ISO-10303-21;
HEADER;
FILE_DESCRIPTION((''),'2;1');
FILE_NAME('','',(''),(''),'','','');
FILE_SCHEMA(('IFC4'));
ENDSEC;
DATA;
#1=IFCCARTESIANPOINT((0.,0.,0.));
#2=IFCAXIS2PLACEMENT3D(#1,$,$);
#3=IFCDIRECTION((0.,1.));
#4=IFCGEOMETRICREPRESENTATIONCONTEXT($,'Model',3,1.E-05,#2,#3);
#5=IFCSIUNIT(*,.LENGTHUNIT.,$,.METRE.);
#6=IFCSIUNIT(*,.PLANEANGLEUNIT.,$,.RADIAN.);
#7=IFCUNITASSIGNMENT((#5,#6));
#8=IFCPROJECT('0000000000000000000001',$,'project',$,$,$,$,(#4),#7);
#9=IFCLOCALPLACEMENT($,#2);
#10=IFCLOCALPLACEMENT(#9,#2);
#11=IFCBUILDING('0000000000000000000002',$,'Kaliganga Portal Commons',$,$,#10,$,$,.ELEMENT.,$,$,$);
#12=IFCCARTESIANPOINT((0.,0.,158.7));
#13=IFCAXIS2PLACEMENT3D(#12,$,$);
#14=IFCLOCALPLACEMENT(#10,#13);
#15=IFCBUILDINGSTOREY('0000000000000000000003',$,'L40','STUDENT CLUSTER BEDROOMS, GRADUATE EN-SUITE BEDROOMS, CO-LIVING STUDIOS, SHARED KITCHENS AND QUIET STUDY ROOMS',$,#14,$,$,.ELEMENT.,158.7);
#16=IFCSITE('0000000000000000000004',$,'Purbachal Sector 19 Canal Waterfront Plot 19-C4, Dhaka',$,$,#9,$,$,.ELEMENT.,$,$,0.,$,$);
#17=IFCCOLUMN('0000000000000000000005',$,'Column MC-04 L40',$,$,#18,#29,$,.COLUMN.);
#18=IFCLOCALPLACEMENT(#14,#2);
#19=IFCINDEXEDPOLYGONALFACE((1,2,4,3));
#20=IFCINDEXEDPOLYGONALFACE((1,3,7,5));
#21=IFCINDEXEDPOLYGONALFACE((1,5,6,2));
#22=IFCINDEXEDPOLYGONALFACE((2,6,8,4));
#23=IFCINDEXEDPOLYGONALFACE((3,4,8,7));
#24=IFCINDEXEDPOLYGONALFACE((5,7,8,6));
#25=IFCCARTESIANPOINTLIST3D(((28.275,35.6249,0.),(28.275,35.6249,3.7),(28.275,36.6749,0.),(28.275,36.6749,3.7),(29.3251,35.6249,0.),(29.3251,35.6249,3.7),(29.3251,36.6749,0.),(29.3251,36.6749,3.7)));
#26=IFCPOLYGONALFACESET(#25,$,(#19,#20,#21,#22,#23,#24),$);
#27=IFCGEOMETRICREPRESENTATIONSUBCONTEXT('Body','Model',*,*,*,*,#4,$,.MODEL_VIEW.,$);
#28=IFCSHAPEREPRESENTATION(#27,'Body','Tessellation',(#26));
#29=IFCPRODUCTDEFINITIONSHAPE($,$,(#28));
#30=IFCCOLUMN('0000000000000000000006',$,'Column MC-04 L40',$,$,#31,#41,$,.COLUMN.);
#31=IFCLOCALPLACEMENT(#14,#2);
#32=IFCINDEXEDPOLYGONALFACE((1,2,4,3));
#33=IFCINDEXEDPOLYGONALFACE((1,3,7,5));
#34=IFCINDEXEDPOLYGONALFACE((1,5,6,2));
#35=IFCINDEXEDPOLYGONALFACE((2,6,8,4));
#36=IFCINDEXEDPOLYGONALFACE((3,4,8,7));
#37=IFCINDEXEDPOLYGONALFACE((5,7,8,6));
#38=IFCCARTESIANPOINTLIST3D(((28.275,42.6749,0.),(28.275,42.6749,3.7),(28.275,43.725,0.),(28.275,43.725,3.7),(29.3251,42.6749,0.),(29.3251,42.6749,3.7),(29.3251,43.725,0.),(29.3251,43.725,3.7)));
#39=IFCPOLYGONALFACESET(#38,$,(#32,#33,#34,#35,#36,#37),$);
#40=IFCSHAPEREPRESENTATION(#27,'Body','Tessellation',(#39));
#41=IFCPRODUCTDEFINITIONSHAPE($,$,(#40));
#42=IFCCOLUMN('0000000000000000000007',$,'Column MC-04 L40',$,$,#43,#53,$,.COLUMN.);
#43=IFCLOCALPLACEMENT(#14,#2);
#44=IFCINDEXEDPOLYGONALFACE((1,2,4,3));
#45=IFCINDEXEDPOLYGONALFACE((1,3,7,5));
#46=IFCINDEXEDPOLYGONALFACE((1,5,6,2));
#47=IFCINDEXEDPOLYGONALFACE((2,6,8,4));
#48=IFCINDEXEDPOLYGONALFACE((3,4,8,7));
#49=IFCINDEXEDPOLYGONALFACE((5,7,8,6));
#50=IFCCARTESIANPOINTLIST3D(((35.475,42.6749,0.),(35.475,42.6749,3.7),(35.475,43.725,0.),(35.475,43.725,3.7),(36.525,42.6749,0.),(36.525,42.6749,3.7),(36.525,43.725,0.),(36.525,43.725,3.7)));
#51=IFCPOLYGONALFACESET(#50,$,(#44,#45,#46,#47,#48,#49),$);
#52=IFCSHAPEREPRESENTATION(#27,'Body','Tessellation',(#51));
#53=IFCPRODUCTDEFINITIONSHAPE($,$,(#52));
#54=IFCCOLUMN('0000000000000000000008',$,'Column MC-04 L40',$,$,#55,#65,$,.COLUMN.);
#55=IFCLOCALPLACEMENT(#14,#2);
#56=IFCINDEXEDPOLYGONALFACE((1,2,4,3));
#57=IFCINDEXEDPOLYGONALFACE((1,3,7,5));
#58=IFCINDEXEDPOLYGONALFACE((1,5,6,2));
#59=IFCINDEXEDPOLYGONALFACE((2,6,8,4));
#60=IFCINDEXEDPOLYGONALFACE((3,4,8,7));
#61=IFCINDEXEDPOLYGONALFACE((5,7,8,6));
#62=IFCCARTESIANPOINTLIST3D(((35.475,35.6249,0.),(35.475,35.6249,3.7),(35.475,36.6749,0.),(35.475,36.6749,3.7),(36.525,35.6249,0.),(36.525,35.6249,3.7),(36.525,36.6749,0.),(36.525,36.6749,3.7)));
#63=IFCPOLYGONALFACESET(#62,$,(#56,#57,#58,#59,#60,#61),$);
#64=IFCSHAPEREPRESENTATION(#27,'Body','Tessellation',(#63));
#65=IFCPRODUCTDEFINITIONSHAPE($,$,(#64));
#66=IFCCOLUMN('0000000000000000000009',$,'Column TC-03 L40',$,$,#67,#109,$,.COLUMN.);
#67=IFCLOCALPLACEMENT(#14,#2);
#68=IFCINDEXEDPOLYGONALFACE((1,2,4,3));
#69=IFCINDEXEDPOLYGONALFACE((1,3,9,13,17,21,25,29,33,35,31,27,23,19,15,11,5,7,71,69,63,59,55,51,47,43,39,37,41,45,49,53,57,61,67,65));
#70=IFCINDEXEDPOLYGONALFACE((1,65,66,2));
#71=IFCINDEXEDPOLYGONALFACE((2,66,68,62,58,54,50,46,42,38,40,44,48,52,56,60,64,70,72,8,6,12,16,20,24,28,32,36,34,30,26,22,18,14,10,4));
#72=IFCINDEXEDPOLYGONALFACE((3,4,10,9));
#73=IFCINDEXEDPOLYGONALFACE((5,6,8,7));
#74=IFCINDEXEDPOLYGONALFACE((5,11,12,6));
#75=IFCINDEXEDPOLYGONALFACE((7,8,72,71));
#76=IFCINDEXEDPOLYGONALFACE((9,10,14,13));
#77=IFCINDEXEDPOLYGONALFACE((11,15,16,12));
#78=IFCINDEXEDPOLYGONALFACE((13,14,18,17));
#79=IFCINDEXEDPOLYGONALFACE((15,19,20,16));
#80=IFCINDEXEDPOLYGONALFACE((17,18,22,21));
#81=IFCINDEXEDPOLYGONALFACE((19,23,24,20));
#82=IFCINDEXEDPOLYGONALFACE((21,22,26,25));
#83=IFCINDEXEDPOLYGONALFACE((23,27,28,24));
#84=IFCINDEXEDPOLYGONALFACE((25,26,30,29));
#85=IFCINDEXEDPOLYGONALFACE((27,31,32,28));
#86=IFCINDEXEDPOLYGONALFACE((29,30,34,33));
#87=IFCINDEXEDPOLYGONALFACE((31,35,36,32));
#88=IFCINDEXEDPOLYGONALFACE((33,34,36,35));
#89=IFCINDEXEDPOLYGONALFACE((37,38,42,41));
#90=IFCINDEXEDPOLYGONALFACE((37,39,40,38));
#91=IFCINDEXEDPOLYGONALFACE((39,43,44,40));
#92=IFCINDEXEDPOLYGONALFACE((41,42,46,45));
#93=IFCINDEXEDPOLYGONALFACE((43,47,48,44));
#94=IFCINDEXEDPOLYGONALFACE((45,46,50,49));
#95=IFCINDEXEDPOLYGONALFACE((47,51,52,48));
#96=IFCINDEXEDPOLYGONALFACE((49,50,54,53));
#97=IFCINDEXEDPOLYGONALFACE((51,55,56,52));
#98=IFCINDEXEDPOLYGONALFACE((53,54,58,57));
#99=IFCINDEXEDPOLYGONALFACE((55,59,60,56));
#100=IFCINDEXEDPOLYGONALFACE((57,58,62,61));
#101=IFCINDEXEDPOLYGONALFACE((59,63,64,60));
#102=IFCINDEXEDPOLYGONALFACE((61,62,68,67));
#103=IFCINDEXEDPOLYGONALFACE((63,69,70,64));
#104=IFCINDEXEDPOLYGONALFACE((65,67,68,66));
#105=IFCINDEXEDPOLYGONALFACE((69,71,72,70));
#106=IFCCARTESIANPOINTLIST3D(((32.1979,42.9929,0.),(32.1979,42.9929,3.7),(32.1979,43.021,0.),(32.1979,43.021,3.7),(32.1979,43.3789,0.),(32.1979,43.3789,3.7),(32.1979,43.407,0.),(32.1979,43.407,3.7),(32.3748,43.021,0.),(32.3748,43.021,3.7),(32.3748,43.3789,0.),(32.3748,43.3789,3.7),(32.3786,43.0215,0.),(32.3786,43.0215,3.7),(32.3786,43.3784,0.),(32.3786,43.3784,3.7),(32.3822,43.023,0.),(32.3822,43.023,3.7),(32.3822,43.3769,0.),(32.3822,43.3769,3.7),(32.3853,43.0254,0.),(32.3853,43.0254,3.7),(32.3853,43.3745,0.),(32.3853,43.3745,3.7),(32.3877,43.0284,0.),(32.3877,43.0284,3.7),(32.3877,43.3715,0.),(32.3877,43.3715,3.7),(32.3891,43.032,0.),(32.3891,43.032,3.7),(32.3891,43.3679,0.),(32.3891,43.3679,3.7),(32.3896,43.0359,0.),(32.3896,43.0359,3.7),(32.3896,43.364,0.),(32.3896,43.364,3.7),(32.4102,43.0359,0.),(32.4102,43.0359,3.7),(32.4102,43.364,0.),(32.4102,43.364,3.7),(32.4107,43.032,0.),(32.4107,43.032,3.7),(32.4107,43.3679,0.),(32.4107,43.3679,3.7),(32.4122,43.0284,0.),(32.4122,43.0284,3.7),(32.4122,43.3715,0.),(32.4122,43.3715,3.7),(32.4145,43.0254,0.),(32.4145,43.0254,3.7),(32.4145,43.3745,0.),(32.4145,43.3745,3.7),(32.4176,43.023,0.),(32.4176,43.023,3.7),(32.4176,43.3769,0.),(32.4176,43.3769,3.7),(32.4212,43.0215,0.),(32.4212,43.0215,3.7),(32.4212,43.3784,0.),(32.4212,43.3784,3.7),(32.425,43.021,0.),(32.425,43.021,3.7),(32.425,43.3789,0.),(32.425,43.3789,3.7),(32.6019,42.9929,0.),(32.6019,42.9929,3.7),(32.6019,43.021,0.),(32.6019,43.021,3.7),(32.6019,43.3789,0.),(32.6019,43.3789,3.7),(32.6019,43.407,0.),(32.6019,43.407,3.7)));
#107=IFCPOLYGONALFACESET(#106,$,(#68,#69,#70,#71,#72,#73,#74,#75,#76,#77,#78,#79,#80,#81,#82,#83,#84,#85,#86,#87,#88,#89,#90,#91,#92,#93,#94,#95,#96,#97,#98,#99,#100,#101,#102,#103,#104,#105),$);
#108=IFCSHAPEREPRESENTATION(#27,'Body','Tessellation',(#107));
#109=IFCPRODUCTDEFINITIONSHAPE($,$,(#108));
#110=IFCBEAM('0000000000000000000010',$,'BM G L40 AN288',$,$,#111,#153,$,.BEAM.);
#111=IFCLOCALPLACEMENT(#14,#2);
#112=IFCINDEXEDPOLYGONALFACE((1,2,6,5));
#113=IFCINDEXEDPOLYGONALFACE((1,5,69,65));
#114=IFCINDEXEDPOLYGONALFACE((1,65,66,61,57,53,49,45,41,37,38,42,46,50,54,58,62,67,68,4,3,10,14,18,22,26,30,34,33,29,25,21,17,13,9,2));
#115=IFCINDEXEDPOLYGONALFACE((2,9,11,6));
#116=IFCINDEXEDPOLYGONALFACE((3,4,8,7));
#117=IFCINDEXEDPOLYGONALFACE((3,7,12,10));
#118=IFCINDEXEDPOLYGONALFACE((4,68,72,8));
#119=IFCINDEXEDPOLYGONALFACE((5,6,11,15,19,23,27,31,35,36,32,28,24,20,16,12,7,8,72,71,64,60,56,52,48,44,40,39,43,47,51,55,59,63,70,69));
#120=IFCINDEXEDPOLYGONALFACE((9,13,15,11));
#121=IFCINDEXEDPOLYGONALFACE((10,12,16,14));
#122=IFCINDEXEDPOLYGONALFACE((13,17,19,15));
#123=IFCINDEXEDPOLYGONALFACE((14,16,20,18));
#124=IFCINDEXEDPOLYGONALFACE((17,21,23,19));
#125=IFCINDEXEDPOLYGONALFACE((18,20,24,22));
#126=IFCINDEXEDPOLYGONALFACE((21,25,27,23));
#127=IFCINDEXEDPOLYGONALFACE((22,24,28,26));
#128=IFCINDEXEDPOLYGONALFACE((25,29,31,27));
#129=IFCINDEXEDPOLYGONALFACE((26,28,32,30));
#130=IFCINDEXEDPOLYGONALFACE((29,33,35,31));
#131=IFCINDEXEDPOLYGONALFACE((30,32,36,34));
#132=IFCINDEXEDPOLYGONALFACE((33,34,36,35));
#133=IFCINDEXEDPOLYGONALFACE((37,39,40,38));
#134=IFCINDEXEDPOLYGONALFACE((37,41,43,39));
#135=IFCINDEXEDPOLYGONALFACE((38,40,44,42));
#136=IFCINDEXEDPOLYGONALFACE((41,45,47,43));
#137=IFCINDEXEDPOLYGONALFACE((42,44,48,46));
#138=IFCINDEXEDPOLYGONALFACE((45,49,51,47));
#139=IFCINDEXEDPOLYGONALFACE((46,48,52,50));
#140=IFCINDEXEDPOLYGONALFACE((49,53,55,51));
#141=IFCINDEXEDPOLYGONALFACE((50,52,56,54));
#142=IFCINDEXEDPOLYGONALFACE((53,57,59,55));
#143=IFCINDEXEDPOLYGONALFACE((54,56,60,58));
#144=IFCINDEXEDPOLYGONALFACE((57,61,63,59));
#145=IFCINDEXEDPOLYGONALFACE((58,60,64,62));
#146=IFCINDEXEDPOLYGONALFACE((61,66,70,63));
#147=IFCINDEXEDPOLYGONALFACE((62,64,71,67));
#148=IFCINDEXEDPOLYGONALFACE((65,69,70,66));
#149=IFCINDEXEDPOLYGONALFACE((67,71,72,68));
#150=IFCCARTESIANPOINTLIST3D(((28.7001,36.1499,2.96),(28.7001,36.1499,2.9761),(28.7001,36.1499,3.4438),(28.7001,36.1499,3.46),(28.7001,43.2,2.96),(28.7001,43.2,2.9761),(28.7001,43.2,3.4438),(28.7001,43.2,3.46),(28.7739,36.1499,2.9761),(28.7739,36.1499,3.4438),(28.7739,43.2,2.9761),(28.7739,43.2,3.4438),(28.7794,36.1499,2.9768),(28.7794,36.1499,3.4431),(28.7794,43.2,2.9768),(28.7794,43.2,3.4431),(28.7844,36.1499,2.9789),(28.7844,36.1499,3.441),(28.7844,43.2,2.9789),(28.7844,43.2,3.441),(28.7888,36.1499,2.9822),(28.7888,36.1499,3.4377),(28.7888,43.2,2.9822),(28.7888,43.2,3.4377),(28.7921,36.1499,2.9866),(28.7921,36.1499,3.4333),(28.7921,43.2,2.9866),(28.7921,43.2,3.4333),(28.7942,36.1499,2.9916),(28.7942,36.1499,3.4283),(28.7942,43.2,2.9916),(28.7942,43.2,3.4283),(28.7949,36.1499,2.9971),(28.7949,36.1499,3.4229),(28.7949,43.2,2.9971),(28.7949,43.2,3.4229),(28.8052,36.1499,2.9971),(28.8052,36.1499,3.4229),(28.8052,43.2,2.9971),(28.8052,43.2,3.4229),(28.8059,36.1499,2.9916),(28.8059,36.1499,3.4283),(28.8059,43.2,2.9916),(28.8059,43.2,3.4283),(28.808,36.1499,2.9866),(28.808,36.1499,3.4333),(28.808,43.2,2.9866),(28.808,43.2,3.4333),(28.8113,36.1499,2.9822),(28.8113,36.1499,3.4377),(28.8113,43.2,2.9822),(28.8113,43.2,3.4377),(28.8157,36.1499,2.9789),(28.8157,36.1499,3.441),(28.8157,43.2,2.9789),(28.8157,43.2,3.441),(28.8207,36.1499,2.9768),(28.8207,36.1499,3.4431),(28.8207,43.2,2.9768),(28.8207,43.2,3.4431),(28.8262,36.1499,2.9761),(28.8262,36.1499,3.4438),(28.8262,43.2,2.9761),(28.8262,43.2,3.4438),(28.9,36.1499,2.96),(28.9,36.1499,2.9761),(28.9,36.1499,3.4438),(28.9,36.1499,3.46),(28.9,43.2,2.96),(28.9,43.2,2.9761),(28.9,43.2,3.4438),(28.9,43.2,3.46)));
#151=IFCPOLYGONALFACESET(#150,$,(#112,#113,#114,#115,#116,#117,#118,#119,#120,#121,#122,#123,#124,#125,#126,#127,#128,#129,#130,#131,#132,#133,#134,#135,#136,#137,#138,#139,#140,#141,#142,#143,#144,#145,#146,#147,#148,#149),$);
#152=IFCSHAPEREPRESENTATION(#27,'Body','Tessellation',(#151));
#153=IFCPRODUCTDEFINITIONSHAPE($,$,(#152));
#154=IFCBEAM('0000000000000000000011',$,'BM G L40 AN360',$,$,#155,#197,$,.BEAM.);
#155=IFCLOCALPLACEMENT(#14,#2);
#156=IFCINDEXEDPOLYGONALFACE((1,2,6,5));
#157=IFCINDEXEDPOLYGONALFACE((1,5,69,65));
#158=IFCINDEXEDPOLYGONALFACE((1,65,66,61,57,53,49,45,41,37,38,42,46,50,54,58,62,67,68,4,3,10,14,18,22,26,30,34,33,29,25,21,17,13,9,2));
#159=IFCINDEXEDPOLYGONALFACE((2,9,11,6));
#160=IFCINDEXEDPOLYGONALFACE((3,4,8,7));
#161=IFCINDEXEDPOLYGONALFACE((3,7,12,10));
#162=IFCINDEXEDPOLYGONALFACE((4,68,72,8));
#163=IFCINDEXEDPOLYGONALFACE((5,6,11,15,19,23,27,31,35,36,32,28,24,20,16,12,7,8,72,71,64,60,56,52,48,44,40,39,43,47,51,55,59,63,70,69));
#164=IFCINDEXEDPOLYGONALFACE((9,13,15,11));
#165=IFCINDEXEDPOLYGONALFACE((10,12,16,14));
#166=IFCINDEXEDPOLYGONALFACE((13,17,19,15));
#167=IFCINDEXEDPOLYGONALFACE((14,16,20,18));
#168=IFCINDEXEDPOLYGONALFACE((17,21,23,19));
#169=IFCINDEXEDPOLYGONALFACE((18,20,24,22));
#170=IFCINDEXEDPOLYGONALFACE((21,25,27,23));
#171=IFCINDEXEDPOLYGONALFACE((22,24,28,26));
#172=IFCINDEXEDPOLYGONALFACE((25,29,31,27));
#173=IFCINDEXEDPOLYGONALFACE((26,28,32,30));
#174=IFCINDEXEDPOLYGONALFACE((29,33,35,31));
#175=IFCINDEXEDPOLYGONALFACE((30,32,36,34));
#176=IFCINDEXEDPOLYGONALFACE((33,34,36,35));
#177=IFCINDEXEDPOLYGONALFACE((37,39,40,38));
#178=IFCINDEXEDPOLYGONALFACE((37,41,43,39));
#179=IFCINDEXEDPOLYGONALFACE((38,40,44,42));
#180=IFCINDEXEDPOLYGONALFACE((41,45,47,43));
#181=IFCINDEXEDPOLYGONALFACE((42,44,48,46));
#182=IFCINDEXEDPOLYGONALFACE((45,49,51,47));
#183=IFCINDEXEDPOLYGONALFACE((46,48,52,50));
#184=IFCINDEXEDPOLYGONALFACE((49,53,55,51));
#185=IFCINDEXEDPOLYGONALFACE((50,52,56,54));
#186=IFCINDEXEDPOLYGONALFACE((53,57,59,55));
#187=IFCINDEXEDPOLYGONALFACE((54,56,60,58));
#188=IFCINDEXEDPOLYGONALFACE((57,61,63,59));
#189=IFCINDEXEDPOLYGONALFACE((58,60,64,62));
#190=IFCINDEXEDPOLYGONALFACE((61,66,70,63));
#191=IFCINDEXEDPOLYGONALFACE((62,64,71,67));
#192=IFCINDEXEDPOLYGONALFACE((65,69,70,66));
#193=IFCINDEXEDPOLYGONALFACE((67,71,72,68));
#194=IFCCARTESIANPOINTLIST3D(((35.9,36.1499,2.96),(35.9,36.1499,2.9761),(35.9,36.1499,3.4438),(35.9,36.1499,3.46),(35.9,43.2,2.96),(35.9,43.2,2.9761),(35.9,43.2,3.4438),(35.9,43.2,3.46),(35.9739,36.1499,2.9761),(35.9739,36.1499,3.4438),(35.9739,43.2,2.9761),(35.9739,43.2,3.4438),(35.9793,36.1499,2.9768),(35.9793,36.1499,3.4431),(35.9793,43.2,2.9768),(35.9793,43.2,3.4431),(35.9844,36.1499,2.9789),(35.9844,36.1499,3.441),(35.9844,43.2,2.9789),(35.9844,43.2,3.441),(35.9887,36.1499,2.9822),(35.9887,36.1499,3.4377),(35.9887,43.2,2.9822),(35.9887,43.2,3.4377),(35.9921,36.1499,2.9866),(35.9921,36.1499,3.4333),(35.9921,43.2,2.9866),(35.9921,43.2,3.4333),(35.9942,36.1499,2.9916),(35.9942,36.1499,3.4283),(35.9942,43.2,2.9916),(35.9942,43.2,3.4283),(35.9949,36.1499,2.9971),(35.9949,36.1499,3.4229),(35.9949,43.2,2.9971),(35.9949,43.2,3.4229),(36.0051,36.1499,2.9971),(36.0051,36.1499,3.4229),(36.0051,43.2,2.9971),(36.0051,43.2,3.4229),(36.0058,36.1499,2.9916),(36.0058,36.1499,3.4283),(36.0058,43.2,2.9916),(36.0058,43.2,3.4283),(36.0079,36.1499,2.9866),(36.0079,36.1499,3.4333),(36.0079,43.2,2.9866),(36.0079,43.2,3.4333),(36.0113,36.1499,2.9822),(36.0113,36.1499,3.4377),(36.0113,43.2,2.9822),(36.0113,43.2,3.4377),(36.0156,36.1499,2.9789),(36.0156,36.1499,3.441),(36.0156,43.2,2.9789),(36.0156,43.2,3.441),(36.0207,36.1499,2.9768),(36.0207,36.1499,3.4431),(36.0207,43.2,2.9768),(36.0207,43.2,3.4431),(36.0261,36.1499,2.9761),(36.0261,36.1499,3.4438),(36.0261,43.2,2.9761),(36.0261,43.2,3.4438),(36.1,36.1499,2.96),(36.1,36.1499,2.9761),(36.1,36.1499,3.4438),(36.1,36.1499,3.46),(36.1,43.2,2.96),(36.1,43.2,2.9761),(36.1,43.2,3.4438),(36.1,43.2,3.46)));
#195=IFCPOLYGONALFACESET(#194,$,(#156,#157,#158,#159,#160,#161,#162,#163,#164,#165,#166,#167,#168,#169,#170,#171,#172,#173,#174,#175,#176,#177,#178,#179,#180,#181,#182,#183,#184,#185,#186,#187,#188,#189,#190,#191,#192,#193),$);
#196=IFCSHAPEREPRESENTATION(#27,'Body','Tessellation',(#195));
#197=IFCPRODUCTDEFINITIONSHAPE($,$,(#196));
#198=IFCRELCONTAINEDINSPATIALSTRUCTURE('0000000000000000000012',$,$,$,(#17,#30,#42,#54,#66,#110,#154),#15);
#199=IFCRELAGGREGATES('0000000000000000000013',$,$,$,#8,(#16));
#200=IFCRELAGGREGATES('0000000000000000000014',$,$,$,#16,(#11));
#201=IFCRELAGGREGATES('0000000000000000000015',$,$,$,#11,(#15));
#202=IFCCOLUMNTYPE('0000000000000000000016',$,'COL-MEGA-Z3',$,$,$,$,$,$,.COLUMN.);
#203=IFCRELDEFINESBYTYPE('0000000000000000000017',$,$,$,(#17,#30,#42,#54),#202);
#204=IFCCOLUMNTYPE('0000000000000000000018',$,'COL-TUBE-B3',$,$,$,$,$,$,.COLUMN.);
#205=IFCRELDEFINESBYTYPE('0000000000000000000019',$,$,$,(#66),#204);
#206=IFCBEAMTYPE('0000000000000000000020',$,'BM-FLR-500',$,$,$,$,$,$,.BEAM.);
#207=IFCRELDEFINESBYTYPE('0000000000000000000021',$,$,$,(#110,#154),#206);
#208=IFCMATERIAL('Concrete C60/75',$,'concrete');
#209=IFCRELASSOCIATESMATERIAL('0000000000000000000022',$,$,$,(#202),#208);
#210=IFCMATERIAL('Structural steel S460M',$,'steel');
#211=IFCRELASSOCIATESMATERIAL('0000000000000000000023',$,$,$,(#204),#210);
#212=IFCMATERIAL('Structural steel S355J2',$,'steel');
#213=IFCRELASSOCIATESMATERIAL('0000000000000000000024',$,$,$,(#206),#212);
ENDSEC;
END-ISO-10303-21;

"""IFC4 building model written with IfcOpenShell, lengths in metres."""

from ifc_helpers import new_model, si_unit, direction, frame, origin, origin_2d, place, context, subcontext, project, spatial, rectangle, i_section, extrude, source, transform, mapped, material, material_profile, profile_set, type_object, element, save


model = new_model("IFC4")

# Units and contexts
model_context = context("Model", 3, precision=1e-05, world=origin(), true_north=direction((0.0, 1.0)))
body_context = subcontext(model_context, "Body", "Model", "MODEL_VIEW")
ifc_project = project(units=[si_unit("LENGTHUNIT", "METRE"), si_unit("PLANEANGLEUNIT", "RADIAN")], contexts=[model_context])

# Site, building, storey
site_placement = place(None, origin())
site = spatial("IfcSite", under=ifc_project, at=site_placement, Name="Purbachal Sector 19 Canal Waterfront Plot 19-C4, Dhaka", CompositionType="ELEMENT", RefElevation=0.0)
building_placement = place(site_placement, origin())
building = spatial("IfcBuilding", under=site, at=building_placement, Name="Kaliganga Portal Commons", CompositionType="ELEMENT")
storey_placement = place(building_placement, frame((0.0, 0.0, 158.7)))
storey = spatial("IfcBuildingStorey", under=building, at=storey_placement, Name="L40", Description="STUDENT CLUSTER BEDROOMS, GRADUATE EN-SUITE BEDROOMS, CO-LIVING STUDIOS, SHARED KITCHENS AND QUIET STUDY ROOMS", CompositionType="ELEMENT", Elevation=158.7)

# Columns
ifc_material_1 = material(Name="Concrete C60/75", Category="concrete")
ifc_material_profile_1 = material_profile(ifc_material_1, rectangle(XDim=1.05, YDim=1.05, at=origin_2d()), Name="RC 1050x1050")
ifc_profile_set_1 = profile_set([ifc_material_profile_1], Name="Concrete C60/75")
column_type_1 = type_object("IfcColumnType", Name="COL-MEGA-Z3", PredefinedType="COLUMN", material=ifc_profile_set_1)
shared_shape_1 = source(origin(), body_context, "Body", "SweptSolid", [
    extrude(rectangle(XDim=1.05, YDim=1.05, at=origin_2d()), origin(), (0.0, 0.0, 1.0), 3.7),
])
for number, where, z_axis, x_axis, name in (
    (1, (28.8, 36.1499, 0.0), (0.0, 0.0, 1.0), (1.0, 0.0, 0.0), "Column MC-04 L40"),
    (2, (28.8, 43.2, 0.0), (0.0, 0.0, 1.0), (1.0, 0.0, 0.0), "Column MC-04 L40"),
    (3, (36.0, 43.2, 0.0), (0.0, 0.0, 1.0), (1.0, 0.0, 0.0), "Column MC-04 L40"),
    (4, (36.0, 36.1499, 0.0), (0.0, 0.0, 1.0), (1.0, 0.0, 0.0), "Column MC-04 L40"),
):
    element("IfcColumn", number, at=place(storey_placement, frame(where, z_axis=z_axis, x_axis=x_axis)), inside=storey, type_object=column_type_1, Name=name, PredefinedType="COLUMN", context=body_context, shape_type="MappedRepresentation", body=[
        mapped(shared_shape_1, transform((0.0, 0.0, 0.0), x_axis=(1.0, 0.0, 0.0), y_axis=(0.0, 1.0, 0.0), z_axis=(0.0, 0.0, 1.0), scale=1.0)),
    ])
ifc_material_2 = material(Name="Structural steel S460M", Category="steel")
ifc_material_profile_2 = material_profile(ifc_material_2, i_section(OverallWidth=0.4041, OverallDepth=0.4141, WebThickness=0.0205, FlangeThickness=0.0281, FilletRadius=0.0149, at=origin_2d()), Name="HD 400x347")
ifc_profile_set_2 = profile_set([ifc_material_profile_2], Name="Structural steel S460M wide-flange")
column_type_2 = type_object("IfcColumnType", Name="COL-TUBE-B3", PredefinedType="COLUMN", material=ifc_profile_set_2)
shared_shape_2 = source(origin(), body_context, "Body", "SweptSolid", [
    extrude(i_section(OverallWidth=0.4041, OverallDepth=0.4141, WebThickness=0.0205, FlangeThickness=0.0281, FilletRadius=0.0149, at=origin_2d()), origin(), (0.0, 0.0, 1.0), 3.7),
])
column_placement = place(storey_placement, frame((32.3999, 43.2, 0.0), z_axis=(0.0, 0.0, 1.0), x_axis=(1.0, 0.0, 0.0)))
element("IfcColumn", 5, at=column_placement, inside=storey, type_object=column_type_2, Name="Column TC-03 L40", PredefinedType="COLUMN", context=body_context, shape_type="MappedRepresentation", body=[
    mapped(shared_shape_2, transform((0.0, 0.0, 0.0), x_axis=(1.0, 0.0, 0.0), y_axis=(0.0, 1.0, 0.0), z_axis=(0.0, 0.0, 1.0), scale=1.0)),
])

# Beams
ifc_material_3 = material(Name="Structural steel S355J2", Category="steel")
ifc_material_profile_3 = material_profile(ifc_material_3, i_section(OverallWidth=0.2, OverallDepth=0.5, WebThickness=0.0103, FlangeThickness=0.0161, FilletRadius=0.021, at=origin_2d()), Name="IPE 500")
ifc_profile_set_3 = profile_set([ifc_material_profile_3], Name="Structural steel S355J2 wide-flange")
beam_type_1 = type_object("IfcBeamType", Name="BM-FLR-500", PredefinedType="BEAM", material=ifc_profile_set_3)
shared_shape_3 = source(origin(), body_context, "Body", "SweptSolid", [
    extrude(i_section(OverallWidth=0.2, OverallDepth=0.5, WebThickness=0.0103, FlangeThickness=0.0161, FilletRadius=0.021, at=origin_2d()), origin(), (0.0, 0.0, 1.0), 7.05),
])
for number, where, z_axis, x_axis, name in (
    (6, (28.8, 36.1499, 3.21), (0.0, 1.0, 0.0), (-1.0, 0.0, 0.0), "BM G L40 AN288"),
    (7, (36.0, 36.1499, 3.21), (0.0, 1.0, 0.0), (-1.0, 0.0, 0.0), "BM G L40 AN360"),
):
    element("IfcBeam", number, at=place(storey_placement, frame(where, z_axis=z_axis, x_axis=x_axis)), inside=storey, type_object=beam_type_1, Name=name, PredefinedType="BEAM", context=body_context, shape_type="MappedRepresentation", body=[
        mapped(shared_shape_3, transform((0.0, 0.0, 0.0), x_axis=(1.0, 0.0, 0.0), y_axis=(0.0, 1.0, 0.0), z_axis=(0.0, 0.0, 1.0), scale=1.0)),
    ])

save(model, "model.ifc")
